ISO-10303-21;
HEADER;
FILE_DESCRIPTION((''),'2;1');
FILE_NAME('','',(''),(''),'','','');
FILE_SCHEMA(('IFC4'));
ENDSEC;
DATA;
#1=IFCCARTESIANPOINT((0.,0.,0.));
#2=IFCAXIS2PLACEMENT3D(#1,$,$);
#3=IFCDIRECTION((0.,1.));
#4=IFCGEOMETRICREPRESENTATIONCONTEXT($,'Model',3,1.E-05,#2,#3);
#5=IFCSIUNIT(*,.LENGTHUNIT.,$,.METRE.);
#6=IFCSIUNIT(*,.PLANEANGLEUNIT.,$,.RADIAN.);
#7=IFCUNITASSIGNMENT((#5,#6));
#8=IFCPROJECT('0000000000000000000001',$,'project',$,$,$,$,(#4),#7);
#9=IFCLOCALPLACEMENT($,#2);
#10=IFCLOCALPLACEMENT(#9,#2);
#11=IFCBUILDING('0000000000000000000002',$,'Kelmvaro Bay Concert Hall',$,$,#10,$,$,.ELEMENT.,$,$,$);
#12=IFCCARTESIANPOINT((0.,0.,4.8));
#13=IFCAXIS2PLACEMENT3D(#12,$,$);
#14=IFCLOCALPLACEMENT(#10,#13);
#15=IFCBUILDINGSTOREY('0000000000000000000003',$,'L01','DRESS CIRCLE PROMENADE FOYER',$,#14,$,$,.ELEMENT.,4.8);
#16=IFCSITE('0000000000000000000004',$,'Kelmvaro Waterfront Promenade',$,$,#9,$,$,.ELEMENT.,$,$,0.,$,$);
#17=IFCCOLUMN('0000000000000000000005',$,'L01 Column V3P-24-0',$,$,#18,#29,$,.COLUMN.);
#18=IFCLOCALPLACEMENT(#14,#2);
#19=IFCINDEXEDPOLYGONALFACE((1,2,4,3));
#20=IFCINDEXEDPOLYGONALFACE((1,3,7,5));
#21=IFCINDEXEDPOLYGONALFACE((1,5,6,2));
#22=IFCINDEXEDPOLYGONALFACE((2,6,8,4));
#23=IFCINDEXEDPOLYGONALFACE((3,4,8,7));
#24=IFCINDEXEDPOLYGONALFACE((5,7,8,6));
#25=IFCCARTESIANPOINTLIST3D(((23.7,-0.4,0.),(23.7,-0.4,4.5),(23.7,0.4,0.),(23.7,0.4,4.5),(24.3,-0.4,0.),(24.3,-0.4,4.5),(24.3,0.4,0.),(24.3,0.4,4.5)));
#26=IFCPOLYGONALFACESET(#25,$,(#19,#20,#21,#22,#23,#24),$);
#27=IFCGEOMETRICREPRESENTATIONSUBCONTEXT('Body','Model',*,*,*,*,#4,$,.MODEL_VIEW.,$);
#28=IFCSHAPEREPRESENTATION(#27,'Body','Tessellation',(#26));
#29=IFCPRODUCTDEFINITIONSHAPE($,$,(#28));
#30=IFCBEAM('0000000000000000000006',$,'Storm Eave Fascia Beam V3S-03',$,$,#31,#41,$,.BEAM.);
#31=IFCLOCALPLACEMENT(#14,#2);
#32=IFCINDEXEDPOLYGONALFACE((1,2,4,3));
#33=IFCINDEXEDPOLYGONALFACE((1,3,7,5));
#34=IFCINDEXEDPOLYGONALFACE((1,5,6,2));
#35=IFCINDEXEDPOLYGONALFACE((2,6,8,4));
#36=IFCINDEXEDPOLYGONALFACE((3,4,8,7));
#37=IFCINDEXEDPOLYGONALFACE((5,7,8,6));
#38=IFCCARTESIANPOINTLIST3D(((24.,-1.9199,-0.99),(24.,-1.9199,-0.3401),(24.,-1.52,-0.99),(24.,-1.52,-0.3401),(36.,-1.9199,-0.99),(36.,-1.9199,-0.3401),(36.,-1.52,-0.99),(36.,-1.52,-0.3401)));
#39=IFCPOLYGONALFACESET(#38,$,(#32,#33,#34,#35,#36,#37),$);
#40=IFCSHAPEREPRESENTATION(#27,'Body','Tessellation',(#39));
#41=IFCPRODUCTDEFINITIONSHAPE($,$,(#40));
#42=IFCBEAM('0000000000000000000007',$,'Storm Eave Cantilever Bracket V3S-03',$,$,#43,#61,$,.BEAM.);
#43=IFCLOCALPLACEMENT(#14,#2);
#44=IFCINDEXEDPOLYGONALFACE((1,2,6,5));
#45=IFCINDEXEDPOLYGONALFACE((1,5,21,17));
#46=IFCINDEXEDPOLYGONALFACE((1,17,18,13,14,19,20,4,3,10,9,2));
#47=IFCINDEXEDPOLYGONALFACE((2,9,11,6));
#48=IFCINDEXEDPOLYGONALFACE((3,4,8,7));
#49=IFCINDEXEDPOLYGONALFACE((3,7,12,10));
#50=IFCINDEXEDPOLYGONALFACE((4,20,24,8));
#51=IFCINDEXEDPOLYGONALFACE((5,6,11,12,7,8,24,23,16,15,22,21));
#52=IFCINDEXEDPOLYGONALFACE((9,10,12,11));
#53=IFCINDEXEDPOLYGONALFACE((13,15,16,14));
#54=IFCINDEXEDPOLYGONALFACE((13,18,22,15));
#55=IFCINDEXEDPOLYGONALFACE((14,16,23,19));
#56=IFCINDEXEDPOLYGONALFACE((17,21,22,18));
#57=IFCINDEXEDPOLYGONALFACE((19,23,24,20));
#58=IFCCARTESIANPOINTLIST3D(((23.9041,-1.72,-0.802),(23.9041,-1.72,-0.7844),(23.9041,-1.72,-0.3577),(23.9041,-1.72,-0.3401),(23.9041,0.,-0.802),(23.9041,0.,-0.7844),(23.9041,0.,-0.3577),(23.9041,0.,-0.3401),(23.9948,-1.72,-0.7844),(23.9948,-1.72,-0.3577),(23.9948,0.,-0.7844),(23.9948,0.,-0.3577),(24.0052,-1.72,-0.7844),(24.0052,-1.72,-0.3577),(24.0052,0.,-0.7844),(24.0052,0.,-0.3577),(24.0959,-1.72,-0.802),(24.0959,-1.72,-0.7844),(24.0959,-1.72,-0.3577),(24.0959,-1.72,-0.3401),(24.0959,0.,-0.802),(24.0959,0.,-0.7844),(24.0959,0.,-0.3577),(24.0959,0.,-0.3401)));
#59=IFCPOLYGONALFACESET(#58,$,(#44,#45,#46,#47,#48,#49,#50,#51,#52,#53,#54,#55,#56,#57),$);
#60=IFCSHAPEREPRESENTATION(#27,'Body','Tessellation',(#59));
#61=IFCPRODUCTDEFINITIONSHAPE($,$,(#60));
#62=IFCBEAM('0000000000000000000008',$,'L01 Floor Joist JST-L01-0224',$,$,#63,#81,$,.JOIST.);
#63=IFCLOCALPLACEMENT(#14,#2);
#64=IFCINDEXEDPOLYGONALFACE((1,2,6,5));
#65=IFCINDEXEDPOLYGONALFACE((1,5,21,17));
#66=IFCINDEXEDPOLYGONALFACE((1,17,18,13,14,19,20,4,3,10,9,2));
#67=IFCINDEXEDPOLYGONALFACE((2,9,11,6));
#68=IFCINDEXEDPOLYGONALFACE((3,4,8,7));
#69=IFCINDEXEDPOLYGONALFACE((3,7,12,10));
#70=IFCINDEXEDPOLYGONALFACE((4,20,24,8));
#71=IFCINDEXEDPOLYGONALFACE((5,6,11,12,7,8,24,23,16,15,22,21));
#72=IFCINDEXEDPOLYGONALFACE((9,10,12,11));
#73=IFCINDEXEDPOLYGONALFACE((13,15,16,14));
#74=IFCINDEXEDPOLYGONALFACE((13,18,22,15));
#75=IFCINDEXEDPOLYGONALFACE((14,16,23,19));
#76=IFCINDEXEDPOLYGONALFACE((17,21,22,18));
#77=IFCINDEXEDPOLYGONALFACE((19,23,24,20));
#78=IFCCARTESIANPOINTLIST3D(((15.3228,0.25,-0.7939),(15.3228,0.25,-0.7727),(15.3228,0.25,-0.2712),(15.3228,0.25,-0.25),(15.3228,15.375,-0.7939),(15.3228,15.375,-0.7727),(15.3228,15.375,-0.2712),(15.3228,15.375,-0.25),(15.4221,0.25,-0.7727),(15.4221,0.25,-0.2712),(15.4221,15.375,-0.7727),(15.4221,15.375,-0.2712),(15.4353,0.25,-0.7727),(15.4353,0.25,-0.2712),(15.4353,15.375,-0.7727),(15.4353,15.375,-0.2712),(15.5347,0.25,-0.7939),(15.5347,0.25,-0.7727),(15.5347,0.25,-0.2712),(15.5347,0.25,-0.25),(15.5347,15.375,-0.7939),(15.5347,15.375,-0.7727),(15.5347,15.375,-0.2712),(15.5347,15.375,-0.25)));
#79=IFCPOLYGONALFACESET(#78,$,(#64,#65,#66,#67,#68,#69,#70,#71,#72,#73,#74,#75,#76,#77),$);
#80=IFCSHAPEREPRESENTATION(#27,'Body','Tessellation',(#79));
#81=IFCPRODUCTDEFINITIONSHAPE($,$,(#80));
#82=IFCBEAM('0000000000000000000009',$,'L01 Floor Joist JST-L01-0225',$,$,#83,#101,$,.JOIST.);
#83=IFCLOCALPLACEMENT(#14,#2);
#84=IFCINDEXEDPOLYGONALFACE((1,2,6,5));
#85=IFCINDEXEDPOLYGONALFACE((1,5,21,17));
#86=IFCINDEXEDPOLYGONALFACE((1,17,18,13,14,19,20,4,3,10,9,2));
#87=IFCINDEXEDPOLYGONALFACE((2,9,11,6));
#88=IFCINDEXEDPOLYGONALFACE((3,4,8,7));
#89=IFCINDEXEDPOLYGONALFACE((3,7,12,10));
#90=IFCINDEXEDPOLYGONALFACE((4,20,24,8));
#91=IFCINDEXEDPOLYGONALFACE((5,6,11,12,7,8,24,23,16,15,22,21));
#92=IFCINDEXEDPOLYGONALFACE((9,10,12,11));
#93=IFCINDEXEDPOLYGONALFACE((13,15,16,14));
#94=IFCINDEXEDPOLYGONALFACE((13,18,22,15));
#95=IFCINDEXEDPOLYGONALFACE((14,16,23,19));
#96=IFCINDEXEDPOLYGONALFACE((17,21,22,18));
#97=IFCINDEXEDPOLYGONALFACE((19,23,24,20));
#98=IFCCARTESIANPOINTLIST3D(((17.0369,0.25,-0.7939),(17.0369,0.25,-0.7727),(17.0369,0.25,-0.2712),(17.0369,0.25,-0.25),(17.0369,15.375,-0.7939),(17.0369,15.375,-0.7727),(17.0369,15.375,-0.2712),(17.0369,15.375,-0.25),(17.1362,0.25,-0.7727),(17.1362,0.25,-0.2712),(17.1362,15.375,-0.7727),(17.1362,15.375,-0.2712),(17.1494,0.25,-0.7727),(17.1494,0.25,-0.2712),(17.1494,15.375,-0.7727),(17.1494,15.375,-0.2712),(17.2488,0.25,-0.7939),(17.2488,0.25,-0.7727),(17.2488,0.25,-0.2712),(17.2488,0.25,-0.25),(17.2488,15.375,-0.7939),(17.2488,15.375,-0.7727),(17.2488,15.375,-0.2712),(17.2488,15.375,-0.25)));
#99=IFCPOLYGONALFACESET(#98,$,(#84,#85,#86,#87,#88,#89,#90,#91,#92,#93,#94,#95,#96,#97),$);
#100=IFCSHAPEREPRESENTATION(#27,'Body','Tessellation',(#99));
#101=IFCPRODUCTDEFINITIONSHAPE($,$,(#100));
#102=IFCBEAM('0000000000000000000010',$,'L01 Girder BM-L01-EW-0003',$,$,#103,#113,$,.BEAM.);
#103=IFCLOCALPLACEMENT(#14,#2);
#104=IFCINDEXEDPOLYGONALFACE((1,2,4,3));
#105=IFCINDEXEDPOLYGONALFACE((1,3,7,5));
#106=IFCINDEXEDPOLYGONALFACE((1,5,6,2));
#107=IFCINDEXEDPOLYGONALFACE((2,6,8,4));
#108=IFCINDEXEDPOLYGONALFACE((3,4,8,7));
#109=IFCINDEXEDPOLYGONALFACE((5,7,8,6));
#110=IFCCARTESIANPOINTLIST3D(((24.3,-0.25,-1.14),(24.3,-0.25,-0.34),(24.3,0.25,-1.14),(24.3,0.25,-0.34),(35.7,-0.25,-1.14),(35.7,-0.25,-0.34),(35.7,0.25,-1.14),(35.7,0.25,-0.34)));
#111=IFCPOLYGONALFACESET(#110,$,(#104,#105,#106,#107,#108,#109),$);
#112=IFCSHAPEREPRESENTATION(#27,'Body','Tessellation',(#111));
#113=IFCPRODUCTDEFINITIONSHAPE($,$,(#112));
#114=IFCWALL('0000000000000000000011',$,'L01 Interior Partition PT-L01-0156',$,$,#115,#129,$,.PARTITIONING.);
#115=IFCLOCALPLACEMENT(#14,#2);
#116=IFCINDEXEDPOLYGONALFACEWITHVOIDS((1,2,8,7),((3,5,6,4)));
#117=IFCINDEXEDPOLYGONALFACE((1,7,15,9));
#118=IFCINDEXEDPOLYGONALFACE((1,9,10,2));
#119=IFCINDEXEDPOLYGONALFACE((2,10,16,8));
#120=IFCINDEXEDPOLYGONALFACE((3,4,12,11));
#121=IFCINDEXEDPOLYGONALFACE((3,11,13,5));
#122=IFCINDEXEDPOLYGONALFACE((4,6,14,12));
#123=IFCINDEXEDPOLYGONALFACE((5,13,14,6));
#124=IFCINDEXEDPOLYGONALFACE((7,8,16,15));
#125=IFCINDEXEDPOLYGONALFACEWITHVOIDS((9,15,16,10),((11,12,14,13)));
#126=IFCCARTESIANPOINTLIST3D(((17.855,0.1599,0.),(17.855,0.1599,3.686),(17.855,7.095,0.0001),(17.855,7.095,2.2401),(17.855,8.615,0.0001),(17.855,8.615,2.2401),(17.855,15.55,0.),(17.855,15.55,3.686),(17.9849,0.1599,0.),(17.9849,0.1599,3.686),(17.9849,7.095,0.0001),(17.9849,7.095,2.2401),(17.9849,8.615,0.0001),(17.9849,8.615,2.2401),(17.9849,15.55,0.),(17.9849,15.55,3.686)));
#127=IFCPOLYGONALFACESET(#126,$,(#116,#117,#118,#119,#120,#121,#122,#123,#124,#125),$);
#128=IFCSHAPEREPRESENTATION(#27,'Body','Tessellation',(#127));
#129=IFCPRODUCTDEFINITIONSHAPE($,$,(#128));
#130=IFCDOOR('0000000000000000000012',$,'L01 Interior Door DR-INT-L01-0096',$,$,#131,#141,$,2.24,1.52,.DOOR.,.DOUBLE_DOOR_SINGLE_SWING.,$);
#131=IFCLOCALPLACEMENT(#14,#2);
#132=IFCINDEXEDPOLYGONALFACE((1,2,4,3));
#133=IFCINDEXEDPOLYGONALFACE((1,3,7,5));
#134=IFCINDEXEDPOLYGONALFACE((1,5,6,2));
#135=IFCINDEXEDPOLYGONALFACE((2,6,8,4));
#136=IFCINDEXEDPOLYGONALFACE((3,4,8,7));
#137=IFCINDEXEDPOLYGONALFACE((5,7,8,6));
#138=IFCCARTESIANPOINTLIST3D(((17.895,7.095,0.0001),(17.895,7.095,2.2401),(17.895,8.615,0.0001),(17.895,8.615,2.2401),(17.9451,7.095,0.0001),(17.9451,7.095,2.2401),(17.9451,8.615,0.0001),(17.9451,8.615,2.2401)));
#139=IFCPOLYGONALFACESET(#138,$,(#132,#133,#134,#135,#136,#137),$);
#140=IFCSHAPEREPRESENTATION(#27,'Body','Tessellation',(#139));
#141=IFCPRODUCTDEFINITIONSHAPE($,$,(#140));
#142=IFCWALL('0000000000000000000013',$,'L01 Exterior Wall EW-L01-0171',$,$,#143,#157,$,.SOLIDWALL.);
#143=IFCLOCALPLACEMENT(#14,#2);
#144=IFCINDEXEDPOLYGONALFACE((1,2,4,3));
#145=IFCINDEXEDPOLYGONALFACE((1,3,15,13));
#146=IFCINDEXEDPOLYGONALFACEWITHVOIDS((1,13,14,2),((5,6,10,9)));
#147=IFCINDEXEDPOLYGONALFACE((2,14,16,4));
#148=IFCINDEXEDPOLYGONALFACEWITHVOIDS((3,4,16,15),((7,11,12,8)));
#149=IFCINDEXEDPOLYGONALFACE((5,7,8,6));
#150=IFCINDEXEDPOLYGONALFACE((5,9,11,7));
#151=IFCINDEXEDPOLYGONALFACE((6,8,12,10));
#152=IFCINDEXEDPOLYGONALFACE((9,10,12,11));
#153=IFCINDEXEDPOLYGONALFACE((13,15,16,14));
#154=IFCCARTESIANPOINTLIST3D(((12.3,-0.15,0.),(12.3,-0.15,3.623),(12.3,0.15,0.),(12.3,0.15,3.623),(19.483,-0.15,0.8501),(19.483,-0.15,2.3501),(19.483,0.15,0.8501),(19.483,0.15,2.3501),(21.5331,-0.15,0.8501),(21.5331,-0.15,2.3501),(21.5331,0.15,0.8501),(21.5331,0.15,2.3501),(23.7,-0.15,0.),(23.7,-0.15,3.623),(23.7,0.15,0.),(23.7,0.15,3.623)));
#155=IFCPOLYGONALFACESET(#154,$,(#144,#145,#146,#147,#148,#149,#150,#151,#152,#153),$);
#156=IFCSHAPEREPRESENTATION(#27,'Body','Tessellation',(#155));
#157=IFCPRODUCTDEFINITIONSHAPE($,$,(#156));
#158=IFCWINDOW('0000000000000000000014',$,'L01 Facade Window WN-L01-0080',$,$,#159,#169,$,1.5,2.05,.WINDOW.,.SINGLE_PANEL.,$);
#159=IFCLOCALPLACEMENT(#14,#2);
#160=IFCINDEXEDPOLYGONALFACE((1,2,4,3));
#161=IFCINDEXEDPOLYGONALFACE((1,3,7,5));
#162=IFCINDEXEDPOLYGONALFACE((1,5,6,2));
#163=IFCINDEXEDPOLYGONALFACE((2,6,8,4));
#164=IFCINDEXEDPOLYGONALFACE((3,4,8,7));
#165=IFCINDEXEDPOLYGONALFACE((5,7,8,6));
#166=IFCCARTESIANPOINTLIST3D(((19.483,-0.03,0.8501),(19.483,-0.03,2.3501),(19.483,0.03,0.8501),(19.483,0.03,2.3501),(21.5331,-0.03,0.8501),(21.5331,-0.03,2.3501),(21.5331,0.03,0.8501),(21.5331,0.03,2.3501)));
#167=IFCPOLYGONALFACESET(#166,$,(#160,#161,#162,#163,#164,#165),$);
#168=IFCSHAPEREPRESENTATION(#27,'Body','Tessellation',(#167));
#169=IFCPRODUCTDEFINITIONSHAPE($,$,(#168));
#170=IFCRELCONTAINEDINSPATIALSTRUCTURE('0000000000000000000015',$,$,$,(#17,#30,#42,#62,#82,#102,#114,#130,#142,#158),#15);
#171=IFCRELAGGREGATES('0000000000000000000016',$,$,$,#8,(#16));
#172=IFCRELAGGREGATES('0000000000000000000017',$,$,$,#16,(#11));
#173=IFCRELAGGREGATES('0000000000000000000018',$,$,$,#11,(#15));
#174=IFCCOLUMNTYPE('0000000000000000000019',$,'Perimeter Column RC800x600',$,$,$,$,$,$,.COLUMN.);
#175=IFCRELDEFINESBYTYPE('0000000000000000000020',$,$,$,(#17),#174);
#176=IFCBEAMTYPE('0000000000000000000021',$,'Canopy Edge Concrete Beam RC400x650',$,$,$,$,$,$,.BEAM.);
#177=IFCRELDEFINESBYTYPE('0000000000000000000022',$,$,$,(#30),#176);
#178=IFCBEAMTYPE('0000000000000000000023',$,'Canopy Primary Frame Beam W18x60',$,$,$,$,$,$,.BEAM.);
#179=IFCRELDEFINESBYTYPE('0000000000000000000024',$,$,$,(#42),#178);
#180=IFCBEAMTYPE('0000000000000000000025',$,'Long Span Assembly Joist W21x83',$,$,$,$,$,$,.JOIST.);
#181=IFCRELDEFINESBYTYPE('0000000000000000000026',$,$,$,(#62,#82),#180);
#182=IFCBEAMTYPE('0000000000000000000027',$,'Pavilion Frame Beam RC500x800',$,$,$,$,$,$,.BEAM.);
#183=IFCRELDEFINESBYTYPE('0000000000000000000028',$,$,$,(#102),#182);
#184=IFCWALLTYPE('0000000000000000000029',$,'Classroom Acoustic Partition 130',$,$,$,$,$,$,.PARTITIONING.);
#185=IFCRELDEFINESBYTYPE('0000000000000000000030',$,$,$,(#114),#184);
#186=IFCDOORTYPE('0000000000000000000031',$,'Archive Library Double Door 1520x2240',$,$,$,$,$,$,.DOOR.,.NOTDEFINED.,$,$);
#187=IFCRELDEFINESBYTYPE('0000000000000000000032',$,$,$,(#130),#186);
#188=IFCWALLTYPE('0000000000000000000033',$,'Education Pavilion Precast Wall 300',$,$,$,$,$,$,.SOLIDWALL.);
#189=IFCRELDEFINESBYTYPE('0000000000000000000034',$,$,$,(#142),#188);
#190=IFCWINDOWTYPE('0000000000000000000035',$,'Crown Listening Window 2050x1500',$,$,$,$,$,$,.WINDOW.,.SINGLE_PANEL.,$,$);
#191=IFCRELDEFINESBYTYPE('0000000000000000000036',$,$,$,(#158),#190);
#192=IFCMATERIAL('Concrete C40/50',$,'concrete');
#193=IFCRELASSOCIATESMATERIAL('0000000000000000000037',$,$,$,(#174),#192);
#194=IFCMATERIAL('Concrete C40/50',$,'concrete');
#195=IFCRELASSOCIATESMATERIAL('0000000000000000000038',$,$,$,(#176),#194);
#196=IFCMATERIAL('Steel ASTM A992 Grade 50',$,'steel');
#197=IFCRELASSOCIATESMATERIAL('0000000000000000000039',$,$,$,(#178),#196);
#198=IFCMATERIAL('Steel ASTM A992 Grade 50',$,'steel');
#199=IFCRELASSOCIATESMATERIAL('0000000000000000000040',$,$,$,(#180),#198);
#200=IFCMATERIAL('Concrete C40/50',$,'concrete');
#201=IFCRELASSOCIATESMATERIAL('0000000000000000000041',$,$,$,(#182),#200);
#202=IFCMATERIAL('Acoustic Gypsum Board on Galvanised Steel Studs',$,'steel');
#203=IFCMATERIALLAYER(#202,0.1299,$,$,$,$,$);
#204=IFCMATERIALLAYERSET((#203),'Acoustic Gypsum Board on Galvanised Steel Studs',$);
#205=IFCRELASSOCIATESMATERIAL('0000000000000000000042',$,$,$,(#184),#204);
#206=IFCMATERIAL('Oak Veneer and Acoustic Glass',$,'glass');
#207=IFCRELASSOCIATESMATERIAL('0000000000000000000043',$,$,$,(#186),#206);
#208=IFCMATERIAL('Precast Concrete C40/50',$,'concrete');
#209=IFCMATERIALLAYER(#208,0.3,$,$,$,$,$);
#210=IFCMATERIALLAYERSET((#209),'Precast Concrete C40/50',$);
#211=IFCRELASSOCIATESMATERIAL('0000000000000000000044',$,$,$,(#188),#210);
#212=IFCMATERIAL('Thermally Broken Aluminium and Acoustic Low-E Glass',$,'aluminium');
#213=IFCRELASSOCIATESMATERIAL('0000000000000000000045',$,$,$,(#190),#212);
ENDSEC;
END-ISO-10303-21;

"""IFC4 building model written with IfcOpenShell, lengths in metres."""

from ifc_helpers import new_model, si_unit, direction, frame, frame_2d, origin, origin_2d, place, context, subcontext, project, spatial, rectangle, i_section, extrude, material, layer, layer_set, material_profile, profile_set, type_object, element, fill, save


model = new_model("IFC4")

# Units and contexts
model_context = context("Model", 3, precision=1e-05, world=origin(), true_north=direction((0.0, 1.0)))
body_context = subcontext(model_context, "Body", "Model", "MODEL_VIEW")
ifc_project = project(units=[si_unit("LENGTHUNIT", "METRE"), si_unit("PLANEANGLEUNIT", "RADIAN")], contexts=[model_context])

# Site, building, storey
site_placement = place(None, origin())
site = spatial("IfcSite", under=ifc_project, at=site_placement, Name="Kelmvaro Waterfront Promenade", CompositionType="ELEMENT", RefElevation=0.0)
building_placement = place(site_placement, origin())
building = spatial("IfcBuilding", under=site, at=building_placement, Name="Kelmvaro Bay Concert Hall", CompositionType="ELEMENT")
storey_placement = place(building_placement, frame((0.0, 0.0, 4.8)))
storey = spatial("IfcBuildingStorey", under=building, at=storey_placement, Name="L01", Description="DRESS CIRCLE PROMENADE FOYER", CompositionType="ELEMENT", Elevation=4.8)

# Column
ifc_material_1 = material(Name="Concrete C40/50", Category="concrete")
ifc_material_profile_1 = material_profile(ifc_material_1, rectangle(XDim=0.6001, YDim=0.8, at=origin_2d()), Name="RC-COL-800X600")
ifc_profile_set_1 = profile_set([ifc_material_profile_1], Name="Concrete C40/50")
column_type = type_object("IfcColumnType", Name="Perimeter Column RC800x600", PredefinedType="COLUMN", material=ifc_profile_set_1)
column_placement = place(storey_placement, frame((24.0, 0.0, 0.0), z_axis=(0.0, 0.0, 1.0), x_axis=(1.0, 0.0, 0.0)))
element("IfcColumn", 1, at=column_placement, inside=storey, type_object=column_type, Name="L01 Column V3P-24-0", PredefinedType="COLUMN", context=body_context, shape_type="SweptSolid", body=[
    extrude(rectangle(XDim=0.6001, YDim=0.8, at=origin_2d()), origin(), (0.0, 0.0, 1.0), 4.5),
])

# Beams
ifc_material_2 = material(Name="Concrete C40/50", Category="concrete")
ifc_material_profile_2 = material_profile(ifc_material_2, rectangle(XDim=0.3999, YDim=0.6499, at=origin_2d()), Name="RC-BM-400X650")
ifc_profile_set_2 = profile_set([ifc_material_profile_2], Name="Concrete C40/50")
beam_type_1 = type_object("IfcBeamType", Name="Canopy Edge Concrete Beam RC400x650", PredefinedType="BEAM", material=ifc_profile_set_2)
beam_1_placement = place(storey_placement, frame((24.0, -1.72, -0.665), z_axis=(1.0, 0.0, 0.0), x_axis=(0.0, 1.0, 0.0)))
element("IfcBeam", 2, at=beam_1_placement, inside=storey, type_object=beam_type_1, Name="Storm Eave Fascia Beam V3S-03", PredefinedType="BEAM", context=body_context, shape_type="SweptSolid", body=[
    extrude(rectangle(XDim=0.3999, YDim=0.6499, at=origin_2d()), origin(), (0.0, 0.0, 1.0), 12.0),
])
ifc_material_3 = material(Name="Steel ASTM A992 Grade 50", Category="steel")
ifc_material_profile_3 = material_profile(ifc_material_3, i_section(OverallWidth=0.1919, OverallDepth=0.4619, WebThickness=0.0105, FlangeThickness=0.0176, at=origin_2d()), Name="W18X60")
ifc_profile_set_3 = profile_set([ifc_material_profile_3], Name="Steel ASTM A992 Grade 50")
beam_type_2 = type_object("IfcBeamType", Name="Canopy Primary Frame Beam W18x60", PredefinedType="BEAM", material=ifc_profile_set_3)
beam_2_placement = place(storey_placement, frame((24.0, 0.0, -0.571), z_axis=(0.0, -1.0, 0.0), x_axis=(1.0, 0.0, 0.0)))
element("IfcBeam", 3, at=beam_2_placement, inside=storey, type_object=beam_type_2, Name="Storm Eave Cantilever Bracket V3S-03", PredefinedType="BEAM", context=body_context, shape_type="SweptSolid", body=[
    extrude(i_section(OverallWidth=0.1919, OverallDepth=0.4619, WebThickness=0.0105, FlangeThickness=0.0176, at=origin_2d()), origin(), (0.0, 0.0, 1.0), 1.72),
])
ifc_material_4 = material(Name="Steel ASTM A992 Grade 50", Category="steel")
ifc_material_profile_4 = material_profile(ifc_material_4, i_section(OverallWidth=0.2119, OverallDepth=0.5439, WebThickness=0.0132, FlangeThickness=0.0212, at=origin_2d()), Name="W21X83")
ifc_profile_set_4 = profile_set([ifc_material_profile_4], Name="Steel ASTM A992 Grade 50")
beam_type_3 = type_object("IfcBeamType", Name="Long Span Assembly Joist W21x83", PredefinedType="JOIST", material=ifc_profile_set_4)
for number, where, z_axis, x_axis, name in (
    (4, (15.4287, 0.25, -0.522), (0.0, 1.0, 0.0), (-1.0, 0.0, 0.0), "L01 Floor Joist JST-L01-0224"),
    (5, (17.1428, 0.25, -0.522), (0.0, 1.0, 0.0), (-1.0, 0.0, 0.0), "L01 Floor Joist JST-L01-0225"),
):
    element("IfcBeam", number, at=place(storey_placement, frame(where, z_axis=z_axis, x_axis=x_axis)), inside=storey, type_object=beam_type_3, Name=name, PredefinedType="JOIST", context=body_context, shape_type="SweptSolid", body=[
        extrude(i_section(OverallWidth=0.2119, OverallDepth=0.5439, WebThickness=0.0132, FlangeThickness=0.0212, at=origin_2d()), origin(), (0.0, 0.0, 1.0), 15.125),
    ])
ifc_material_5 = material(Name="Concrete C40/50", Category="concrete")
ifc_material_profile_5 = material_profile(ifc_material_5, rectangle(XDim=0.5, YDim=0.8, at=origin_2d()), Name="RC-BM-500X800")
ifc_profile_set_5 = profile_set([ifc_material_profile_5], Name="Concrete C40/50")
beam_type_4 = type_object("IfcBeamType", Name="Pavilion Frame Beam RC500x800", PredefinedType="BEAM", material=ifc_profile_set_5)
beam_3_placement = place(storey_placement, frame((24.3, 0.0, -0.74), z_axis=(1.0, 0.0, 0.0), x_axis=(0.0, 1.0, 0.0)))
element("IfcBeam", 6, at=beam_3_placement, inside=storey, type_object=beam_type_4, Name="L01 Girder BM-L01-EW-0003", PredefinedType="BEAM", context=body_context, shape_type="SweptSolid", body=[
    extrude(rectangle(XDim=0.5, YDim=0.8, at=origin_2d()), origin(), (0.0, 0.0, 1.0), 11.3999),
])

# Wall, opening, door
ifc_material_6 = material(Name="Acoustic Gypsum Board on Galvanised Steel Studs", Category="steel")
ifc_layer_1 = layer(ifc_material_6, 0.1299)
ifc_layer_set_1 = layer_set([ifc_layer_1], Name="Acoustic Gypsum Board on Galvanised Steel Studs")
wall_type_1 = type_object("IfcWallType", Name="Classroom Acoustic Partition 130", PredefinedType="PARTITIONING", material=ifc_layer_set_1)
wall_1_placement = place(storey_placement, frame((17.9199, 0.1599, 0.0), z_axis=(0.0, 0.0, 1.0), x_axis=(0.0, 1.0, 0.0)))
wall_1 = element("IfcWall", 7, at=wall_1_placement, inside=storey, type_object=wall_type_1, Name="L01 Interior Partition PT-L01-0156", PredefinedType="PARTITIONING", context=body_context, shape_type="SweptSolid", body=[
    extrude(rectangle(XDim=15.3901, YDim=0.1299, at=frame_2d((7.6951, 0.0))), origin(), (0.0, 0.0, 1.0), 3.686),
])
opening_1_placement = place(wall_1_placement, frame((6.9351, 0.0, 0.0)))
opening_1 = element("IfcOpeningElement", 8, at=opening_1_placement, cuts=wall_1, PredefinedType="OPENING", context=body_context, shape_type="SweptSolid", body=[
    extrude(rectangle(XDim=1.52, YDim=2.24, at=frame_2d((0.76, 1.1201))), frame((0.0, 0.075, 0.0), z_axis=(0.0, -1.0, 0.0), x_axis=(1.0, 0.0, 0.0)), (0.0, 0.0, 1.0), 0.1499),
])
ifc_material_7 = material(Name="Oak Veneer and Acoustic Glass", Category="glass")
door_type = type_object("IfcDoorType", Name="Archive Library Double Door 1520x2240", OperationType="NOTDEFINED", PredefinedType="DOOR", material=ifc_material_7)
door_placement = place(opening_1_placement, origin())
door = element("IfcDoor", 9, at=door_placement, inside=storey, type_object=door_type, Name="L01 Interior Door DR-INT-L01-0096", OperationType="DOUBLE_DOOR_SINGLE_SWING", OverallHeight=2.24, OverallWidth=1.52, PredefinedType="DOOR", context=body_context, shape_type="SweptSolid", body=[
    extrude(rectangle(XDim=1.52, YDim=2.24, at=frame_2d((0.76, 1.1201))), frame((0.0, 0.0249, 0.0), z_axis=(0.0, -1.0, 0.0), x_axis=(1.0, 0.0, 0.0)), (0.0, 0.0, 1.0), 0.05),
])
fill(opening_1, door)

# Wall, opening, window
ifc_material_8 = material(Name="Precast Concrete C40/50", Category="concrete")
ifc_layer_2 = layer(ifc_material_8, 0.3)
ifc_layer_set_2 = layer_set([ifc_layer_2], Name="Precast Concrete C40/50")
wall_type_2 = type_object("IfcWallType", Name="Education Pavilion Precast Wall 300", PredefinedType="SOLIDWALL", material=ifc_layer_set_2)
wall_2_placement = place(storey_placement, frame((23.7, 0.0, 0.0), z_axis=(0.0, 0.0, 1.0), x_axis=(-1.0, 0.0, 0.0)))
wall_2 = element("IfcWall", 10, at=wall_2_placement, inside=storey, type_object=wall_type_2, Name="L01 Exterior Wall EW-L01-0171", PredefinedType="SOLIDWALL", context=body_context, shape_type="SweptSolid", body=[
    extrude(rectangle(XDim=11.3999, YDim=0.3, at=frame_2d((5.7, 0.0))), origin(), (0.0, 0.0, 1.0), 3.623),
])
opening_2_placement = place(wall_2_placement, frame((2.167, 0.0, 0.8501)))
opening_2 = element("IfcOpeningElement", 11, at=opening_2_placement, cuts=wall_2, PredefinedType="OPENING", context=body_context, shape_type="SweptSolid", body=[
    extrude(rectangle(XDim=2.05, YDim=1.5, at=frame_2d((1.0249, 0.75))), frame((0.0, 0.1599, 0.0), z_axis=(0.0, -1.0, 0.0), x_axis=(1.0, 0.0, 0.0)), (0.0, 0.0, 1.0), 0.3201),
])
ifc_material_9 = material(Name="Thermally Broken Aluminium and Acoustic Low-E Glass", Category="aluminium")
window_type = type_object("IfcWindowType", Name="Crown Listening Window 2050x1500", PartitioningType="SINGLE_PANEL", PredefinedType="WINDOW", material=ifc_material_9)
window_placement = place(opening_2_placement, origin())
window = element("IfcWindow", 12, at=window_placement, inside=storey, type_object=window_type, Name="L01 Facade Window WN-L01-0080", OverallHeight=1.5, OverallWidth=2.05, PartitioningType="SINGLE_PANEL", PredefinedType="WINDOW", context=body_context, shape_type="SweptSolid", body=[
    extrude(rectangle(XDim=2.05, YDim=1.5, at=frame_2d((1.0249, 0.75))), frame((0.0, 0.03, 0.0), z_axis=(0.0, -1.0, 0.0), x_axis=(1.0, 0.0, 0.0)), (0.0, 0.0, 1.0), 0.0601),
])
fill(opening_2, window)

save(model, "model.ifc")
